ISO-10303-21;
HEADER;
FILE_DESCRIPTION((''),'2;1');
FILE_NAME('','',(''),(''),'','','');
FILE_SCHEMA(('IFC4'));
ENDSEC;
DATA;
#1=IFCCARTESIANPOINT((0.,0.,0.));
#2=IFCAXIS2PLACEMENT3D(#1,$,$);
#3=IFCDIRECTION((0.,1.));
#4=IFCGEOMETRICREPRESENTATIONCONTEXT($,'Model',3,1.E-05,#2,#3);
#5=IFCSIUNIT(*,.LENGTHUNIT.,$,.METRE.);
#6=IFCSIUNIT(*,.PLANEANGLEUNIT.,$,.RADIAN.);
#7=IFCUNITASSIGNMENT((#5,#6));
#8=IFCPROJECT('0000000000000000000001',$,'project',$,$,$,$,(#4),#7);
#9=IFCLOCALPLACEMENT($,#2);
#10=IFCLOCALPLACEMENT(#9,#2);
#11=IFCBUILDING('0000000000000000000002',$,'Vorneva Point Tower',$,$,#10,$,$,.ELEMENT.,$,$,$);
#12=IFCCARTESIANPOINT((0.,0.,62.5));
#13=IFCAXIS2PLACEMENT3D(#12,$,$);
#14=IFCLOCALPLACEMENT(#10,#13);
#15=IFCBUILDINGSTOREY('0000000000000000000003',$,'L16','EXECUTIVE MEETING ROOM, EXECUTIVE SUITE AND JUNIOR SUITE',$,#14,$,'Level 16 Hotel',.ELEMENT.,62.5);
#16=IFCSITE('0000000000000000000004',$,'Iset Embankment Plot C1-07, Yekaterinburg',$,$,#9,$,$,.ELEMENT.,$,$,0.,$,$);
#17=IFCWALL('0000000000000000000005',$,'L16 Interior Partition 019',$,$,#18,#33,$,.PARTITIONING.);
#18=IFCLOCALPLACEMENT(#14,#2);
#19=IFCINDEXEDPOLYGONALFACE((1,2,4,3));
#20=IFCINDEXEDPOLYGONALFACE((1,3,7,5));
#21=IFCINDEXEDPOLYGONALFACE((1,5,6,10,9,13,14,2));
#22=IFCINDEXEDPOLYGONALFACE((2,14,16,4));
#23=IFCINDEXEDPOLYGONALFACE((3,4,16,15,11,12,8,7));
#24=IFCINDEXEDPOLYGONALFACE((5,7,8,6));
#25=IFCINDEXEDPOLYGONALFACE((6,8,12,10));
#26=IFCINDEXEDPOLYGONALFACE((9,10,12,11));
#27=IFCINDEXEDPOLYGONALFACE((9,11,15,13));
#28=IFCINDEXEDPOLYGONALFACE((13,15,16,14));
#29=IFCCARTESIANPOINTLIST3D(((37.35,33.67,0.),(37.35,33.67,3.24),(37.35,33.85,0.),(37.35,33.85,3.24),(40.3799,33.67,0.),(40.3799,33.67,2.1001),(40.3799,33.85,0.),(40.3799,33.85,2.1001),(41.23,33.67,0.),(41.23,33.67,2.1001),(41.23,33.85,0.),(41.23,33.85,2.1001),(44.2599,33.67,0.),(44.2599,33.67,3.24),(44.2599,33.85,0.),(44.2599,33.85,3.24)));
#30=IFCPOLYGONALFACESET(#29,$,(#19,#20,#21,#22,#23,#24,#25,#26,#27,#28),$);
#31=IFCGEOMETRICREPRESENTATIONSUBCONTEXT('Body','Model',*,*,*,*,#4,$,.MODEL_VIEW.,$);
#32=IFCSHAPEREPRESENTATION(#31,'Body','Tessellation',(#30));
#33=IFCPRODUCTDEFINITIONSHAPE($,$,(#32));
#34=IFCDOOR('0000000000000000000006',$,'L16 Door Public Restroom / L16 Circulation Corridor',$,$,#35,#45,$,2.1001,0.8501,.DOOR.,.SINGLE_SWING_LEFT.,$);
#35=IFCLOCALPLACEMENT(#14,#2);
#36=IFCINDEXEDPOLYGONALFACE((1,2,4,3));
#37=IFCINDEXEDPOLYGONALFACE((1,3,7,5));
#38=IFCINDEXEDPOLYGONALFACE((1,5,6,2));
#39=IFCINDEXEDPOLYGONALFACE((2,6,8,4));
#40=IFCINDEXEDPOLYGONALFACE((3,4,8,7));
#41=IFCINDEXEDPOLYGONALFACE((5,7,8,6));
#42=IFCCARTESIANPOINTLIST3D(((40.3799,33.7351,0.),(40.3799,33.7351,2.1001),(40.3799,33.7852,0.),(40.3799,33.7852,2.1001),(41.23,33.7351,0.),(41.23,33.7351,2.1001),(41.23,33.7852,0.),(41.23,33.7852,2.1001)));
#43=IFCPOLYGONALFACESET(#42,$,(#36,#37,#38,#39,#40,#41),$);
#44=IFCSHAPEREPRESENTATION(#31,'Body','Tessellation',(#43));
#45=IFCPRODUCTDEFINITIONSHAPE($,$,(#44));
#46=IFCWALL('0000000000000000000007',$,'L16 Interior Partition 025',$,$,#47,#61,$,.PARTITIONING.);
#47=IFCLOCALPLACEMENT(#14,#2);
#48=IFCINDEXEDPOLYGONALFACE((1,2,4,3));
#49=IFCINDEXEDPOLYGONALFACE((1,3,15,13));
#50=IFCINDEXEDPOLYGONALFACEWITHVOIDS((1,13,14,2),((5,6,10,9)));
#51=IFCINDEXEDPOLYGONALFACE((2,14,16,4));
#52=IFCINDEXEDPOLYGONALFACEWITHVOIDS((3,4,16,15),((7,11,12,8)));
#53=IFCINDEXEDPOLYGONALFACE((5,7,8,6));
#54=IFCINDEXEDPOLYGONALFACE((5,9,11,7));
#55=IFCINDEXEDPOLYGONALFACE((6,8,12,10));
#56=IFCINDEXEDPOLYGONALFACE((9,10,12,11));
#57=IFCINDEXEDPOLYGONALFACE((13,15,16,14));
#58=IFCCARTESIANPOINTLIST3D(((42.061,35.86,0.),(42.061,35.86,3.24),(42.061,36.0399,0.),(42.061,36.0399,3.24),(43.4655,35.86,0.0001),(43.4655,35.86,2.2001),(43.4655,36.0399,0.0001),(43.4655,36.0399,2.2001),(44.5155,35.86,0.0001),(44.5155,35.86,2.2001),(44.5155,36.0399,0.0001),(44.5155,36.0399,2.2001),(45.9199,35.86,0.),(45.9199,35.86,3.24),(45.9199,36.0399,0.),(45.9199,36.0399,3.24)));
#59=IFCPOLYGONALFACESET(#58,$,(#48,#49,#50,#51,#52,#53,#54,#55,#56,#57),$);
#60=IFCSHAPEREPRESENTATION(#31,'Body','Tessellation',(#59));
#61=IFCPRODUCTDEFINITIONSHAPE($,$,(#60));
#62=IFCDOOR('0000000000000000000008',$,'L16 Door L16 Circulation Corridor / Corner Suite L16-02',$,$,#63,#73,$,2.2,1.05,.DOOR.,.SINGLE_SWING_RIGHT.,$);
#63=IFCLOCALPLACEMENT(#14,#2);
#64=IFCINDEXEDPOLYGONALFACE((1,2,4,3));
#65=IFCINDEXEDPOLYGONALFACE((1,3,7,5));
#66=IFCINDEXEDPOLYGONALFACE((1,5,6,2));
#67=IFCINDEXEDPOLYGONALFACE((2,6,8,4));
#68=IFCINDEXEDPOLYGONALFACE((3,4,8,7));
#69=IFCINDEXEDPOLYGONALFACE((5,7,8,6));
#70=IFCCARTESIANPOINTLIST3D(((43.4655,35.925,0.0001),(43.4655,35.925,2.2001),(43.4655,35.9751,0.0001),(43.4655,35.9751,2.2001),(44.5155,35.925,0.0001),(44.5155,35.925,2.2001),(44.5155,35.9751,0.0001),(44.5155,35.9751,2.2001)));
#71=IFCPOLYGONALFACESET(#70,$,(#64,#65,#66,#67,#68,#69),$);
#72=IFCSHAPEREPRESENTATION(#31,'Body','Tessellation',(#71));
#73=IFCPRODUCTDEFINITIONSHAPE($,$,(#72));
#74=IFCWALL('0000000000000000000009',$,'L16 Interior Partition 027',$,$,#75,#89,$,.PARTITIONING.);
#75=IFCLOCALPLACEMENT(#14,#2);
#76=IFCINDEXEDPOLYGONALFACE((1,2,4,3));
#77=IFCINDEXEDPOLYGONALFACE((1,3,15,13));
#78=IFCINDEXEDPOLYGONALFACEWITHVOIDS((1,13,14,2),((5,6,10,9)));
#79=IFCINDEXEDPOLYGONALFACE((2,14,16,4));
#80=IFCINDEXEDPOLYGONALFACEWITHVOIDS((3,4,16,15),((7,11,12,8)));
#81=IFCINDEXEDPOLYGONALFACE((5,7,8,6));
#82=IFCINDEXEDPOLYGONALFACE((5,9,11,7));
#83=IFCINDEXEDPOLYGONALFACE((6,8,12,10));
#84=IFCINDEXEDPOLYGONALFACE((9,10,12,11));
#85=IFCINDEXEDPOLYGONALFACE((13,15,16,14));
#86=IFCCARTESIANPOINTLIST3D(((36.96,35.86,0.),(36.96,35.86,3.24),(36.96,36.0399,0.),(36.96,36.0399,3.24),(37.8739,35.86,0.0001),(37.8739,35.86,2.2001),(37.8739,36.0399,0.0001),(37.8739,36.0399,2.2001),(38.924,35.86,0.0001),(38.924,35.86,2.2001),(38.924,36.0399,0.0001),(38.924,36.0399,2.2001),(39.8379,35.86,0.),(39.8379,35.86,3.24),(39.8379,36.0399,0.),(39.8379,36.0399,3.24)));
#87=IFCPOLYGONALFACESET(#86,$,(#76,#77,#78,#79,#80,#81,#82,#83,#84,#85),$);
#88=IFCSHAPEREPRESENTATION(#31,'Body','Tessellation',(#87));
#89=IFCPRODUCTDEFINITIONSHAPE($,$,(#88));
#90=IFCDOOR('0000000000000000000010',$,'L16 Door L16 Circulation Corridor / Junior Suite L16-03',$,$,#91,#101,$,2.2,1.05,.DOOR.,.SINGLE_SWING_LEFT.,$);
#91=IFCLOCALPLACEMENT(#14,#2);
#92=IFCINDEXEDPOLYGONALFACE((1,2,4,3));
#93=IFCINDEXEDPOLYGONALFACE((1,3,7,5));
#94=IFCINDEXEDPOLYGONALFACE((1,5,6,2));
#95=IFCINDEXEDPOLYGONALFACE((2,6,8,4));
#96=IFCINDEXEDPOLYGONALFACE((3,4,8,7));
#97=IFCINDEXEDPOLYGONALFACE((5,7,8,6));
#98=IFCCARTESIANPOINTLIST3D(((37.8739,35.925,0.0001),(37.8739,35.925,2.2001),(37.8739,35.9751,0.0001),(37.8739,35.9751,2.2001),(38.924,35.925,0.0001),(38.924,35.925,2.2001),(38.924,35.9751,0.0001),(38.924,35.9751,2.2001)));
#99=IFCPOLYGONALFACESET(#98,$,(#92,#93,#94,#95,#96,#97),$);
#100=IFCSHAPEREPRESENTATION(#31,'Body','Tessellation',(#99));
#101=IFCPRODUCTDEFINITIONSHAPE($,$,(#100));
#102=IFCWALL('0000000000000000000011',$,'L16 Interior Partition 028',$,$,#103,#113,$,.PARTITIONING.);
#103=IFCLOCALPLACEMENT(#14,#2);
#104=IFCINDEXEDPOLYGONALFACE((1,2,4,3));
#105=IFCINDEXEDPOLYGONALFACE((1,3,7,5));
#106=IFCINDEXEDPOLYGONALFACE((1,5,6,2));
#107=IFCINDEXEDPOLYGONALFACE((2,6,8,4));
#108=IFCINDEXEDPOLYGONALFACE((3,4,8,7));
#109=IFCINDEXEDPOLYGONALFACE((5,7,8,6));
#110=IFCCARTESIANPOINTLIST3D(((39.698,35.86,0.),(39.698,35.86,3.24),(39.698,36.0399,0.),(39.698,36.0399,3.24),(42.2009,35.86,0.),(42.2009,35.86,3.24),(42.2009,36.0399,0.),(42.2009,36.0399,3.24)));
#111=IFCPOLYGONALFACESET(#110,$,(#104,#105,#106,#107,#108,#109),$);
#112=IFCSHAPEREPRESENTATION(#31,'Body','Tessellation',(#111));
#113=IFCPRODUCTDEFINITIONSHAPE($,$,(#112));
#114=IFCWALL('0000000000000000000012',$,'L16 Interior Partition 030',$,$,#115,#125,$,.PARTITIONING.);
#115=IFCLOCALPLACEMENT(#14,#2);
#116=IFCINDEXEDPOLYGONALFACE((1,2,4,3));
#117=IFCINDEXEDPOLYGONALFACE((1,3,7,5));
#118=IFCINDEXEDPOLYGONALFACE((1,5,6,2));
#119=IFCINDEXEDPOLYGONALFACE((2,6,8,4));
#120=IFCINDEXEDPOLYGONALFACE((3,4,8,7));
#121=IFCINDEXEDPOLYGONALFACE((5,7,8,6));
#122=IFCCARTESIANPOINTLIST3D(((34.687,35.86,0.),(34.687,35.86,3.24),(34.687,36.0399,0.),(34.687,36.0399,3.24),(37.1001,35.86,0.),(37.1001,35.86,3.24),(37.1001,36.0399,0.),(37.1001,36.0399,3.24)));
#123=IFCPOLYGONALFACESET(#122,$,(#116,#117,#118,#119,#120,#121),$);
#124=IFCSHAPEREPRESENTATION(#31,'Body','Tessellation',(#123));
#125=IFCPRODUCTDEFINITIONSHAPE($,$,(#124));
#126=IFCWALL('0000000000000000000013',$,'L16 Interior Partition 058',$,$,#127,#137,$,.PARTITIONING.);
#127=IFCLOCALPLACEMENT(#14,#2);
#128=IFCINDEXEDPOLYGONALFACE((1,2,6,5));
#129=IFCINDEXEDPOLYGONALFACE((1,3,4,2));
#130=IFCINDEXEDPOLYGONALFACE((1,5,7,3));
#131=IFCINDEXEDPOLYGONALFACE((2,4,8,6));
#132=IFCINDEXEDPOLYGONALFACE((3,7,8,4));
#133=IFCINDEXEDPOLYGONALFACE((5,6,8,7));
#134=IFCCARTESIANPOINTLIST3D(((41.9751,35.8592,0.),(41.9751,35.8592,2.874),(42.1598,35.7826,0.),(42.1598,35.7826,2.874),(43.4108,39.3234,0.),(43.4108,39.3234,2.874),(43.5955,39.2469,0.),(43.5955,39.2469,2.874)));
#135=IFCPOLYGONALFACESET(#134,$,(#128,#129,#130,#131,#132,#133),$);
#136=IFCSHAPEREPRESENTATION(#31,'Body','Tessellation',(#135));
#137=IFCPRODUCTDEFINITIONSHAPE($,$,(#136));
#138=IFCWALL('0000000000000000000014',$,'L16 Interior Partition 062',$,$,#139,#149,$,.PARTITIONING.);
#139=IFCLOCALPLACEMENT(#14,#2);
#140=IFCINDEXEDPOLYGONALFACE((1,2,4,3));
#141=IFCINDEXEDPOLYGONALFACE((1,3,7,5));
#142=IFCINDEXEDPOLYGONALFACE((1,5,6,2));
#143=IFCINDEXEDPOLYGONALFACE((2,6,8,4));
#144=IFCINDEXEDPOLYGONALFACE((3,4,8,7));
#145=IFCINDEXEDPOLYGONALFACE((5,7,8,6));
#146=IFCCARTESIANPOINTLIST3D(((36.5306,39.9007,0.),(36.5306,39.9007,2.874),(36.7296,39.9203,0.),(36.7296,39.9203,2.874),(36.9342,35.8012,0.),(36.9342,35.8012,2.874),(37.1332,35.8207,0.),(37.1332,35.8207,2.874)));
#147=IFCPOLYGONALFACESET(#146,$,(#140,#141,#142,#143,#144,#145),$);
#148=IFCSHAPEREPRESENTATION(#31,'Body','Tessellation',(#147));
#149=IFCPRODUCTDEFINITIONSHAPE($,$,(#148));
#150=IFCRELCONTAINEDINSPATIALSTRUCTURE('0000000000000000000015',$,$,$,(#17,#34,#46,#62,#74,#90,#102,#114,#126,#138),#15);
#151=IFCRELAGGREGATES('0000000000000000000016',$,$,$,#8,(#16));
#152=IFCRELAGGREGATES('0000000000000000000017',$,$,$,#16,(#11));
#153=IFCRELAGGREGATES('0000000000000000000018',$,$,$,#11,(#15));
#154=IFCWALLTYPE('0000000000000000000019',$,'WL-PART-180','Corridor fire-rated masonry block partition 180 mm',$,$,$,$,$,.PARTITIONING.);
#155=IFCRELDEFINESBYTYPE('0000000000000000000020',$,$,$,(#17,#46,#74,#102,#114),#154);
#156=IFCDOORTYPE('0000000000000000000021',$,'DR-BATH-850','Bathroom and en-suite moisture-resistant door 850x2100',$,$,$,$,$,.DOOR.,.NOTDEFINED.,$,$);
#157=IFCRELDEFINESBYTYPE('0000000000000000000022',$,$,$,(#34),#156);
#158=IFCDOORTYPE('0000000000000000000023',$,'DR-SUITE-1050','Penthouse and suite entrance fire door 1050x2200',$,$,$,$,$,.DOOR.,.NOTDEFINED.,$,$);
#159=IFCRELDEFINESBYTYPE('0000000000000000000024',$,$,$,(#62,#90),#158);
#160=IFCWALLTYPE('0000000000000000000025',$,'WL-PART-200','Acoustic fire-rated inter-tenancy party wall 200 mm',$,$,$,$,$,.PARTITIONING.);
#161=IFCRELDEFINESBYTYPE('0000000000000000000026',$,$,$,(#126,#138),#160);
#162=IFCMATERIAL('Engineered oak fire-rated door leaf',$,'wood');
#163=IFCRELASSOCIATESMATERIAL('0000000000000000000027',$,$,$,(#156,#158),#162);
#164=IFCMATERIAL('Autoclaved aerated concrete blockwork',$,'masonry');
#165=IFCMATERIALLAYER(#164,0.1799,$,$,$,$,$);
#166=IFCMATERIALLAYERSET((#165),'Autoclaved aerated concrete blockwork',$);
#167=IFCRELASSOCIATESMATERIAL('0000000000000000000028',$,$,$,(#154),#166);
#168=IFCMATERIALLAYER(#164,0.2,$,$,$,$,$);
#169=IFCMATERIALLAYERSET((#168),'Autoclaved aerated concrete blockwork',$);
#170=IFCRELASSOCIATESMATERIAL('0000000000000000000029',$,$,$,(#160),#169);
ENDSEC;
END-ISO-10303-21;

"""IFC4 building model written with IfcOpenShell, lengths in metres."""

from ifc_helpers import new_model, si_unit, direction, frame, frame_2d, origin, place, context, subcontext, project, spatial, rectangle, extrude, material, layer, layer_set, type_object, element, fill, save


model = new_model("IFC4")

# Units and contexts
model_context = context("Model", 3, precision=1e-05, world=origin(), true_north=direction((0.0, 1.0)))
body_context = subcontext(model_context, "Body", "Model", "MODEL_VIEW")
ifc_project = project(units=[si_unit("LENGTHUNIT", "METRE"), si_unit("PLANEANGLEUNIT", "RADIAN")], contexts=[model_context])

# Site, building, storey
site_placement = place(None, origin())
site = spatial("IfcSite", under=ifc_project, at=site_placement, Name="Iset Embankment Plot C1-07, Yekaterinburg", CompositionType="ELEMENT", RefElevation=0.0)
building_placement = place(site_placement, origin())
building = spatial("IfcBuilding", under=site, at=building_placement, Name="Vorneva Point Tower", CompositionType="ELEMENT")
storey_placement = place(building_placement, frame((0.0, 0.0, 62.5)))
storey = spatial("IfcBuildingStorey", under=building, at=storey_placement, Name="L16", Description="EXECUTIVE MEETING ROOM, EXECUTIVE SUITE AND JUNIOR SUITE", LongName="Level 16 Hotel", CompositionType="ELEMENT", Elevation=62.5)

# Shared definitions
ifc_material_1 = material(Name="Engineered oak fire-rated door leaf", Category="wood")
door_type_1 = type_object("IfcDoorType", Name="DR-BATH-850", Description="Bathroom and en-suite moisture-resistant door 850x2100", OperationType="NOTDEFINED", PredefinedType="DOOR", material=ifc_material_1)

# Walls, openings, doors
ifc_material_2 = material(Name="Autoclaved aerated concrete blockwork", Category="masonry")
ifc_layer_1 = layer(ifc_material_2, 0.1799)
ifc_layer_set_1 = layer_set([ifc_layer_1], Name="Autoclaved aerated concrete blockwork")
wall_type_1 = type_object("IfcWallType", Name="WL-PART-180", Description="Corridor fire-rated masonry block partition 180 mm", PredefinedType="PARTITIONING", material=ifc_layer_set_1)
wall_1_placement = place(storey_placement, frame((44.26, 33.76, 0.0), z_axis=(0.0, 0.0, 1.0), x_axis=(-1.0, 0.0, 0.0)))
wall_1 = element("IfcWall", 1, at=wall_1_placement, inside=storey, type_object=wall_type_1, Name="L16 Interior Partition 019", PredefinedType="PARTITIONING", context=body_context, shape_type="SweptSolid", body=[
    extrude(rectangle(XDim=6.9099, YDim=0.1799, at=frame_2d((3.4551, 0.0))), origin(), (0.0, 0.0, 1.0), 3.24),
])
opening_1_placement = place(wall_1_placement, frame((3.03, 0.0, 0.0)))
opening_1 = element("IfcOpeningElement", 2, at=opening_1_placement, cuts=wall_1, PredefinedType="OPENING", context=body_context, shape_type="SweptSolid", body=[
    extrude(rectangle(XDim=0.8501, YDim=2.1001, at=frame_2d((0.425, 1.05))), frame((0.0, 0.105, 0.0), z_axis=(0.0, -1.0, 0.0), x_axis=(1.0, 0.0, 0.0)), (0.0, 0.0, 1.0), 0.2097),
])
door_1_placement = place(opening_1_placement, origin())
door_1 = element("IfcDoor", 3, at=door_1_placement, inside=storey, type_object=door_type_1, Name="L16 Door Public Restroom / L16 Circulation Corridor", OperationType="SINGLE_SWING_LEFT", OverallHeight=2.1001, OverallWidth=0.8501, PredefinedType="DOOR", context=body_context, shape_type="SweptSolid", body=[
    extrude(rectangle(XDim=0.8501, YDim=2.1001, at=frame_2d((0.425, 1.05))), frame((0.0, 0.0249, 0.0), z_axis=(0.0, -1.0, 0.0), x_axis=(1.0, 0.0, 0.0)), (0.0, 0.0, 1.0), 0.05),
])
fill(opening_1, door_1)
wall_2_placement = place(storey_placement, frame((45.9199, 35.95, 0.0), z_axis=(0.0, 0.0, 1.0), x_axis=(-1.0, 0.0, 0.0)))
wall_2 = element("IfcWall", 4, at=wall_2_placement, inside=storey, type_object=wall_type_1, Name="L16 Interior Partition 025", PredefinedType="PARTITIONING", context=body_context, shape_type="SweptSolid", body=[
    extrude(rectangle(XDim=3.8589, YDim=0.1799, at=frame_2d((1.9294, 0.0))), origin(), (0.0, 0.0, 1.0), 3.24),
])
opening_2_placement = place(wall_2_placement, frame((1.4045, 0.0, 0.0)))
opening_2 = element("IfcOpeningElement", 5, at=opening_2_placement, cuts=wall_2, PredefinedType="OPENING", context=body_context, shape_type="SweptSolid", body=[
    extrude(rectangle(XDim=1.05, YDim=2.2, at=frame_2d((0.5249, 1.1001))), frame((0.0, 0.105, 0.0), z_axis=(0.0, -1.0, 0.0), x_axis=(1.0, 0.0, 0.0)), (0.0, 0.0, 1.0), 0.2097),
])
door_type_2 = type_object("IfcDoorType", Name="DR-SUITE-1050", Description="Penthouse and suite entrance fire door 1050x2200", OperationType="NOTDEFINED", PredefinedType="DOOR", material=ifc_material_1)
door_2_placement = place(opening_2_placement, origin())
door_2 = element("IfcDoor", 6, at=door_2_placement, inside=storey, type_object=door_type_2, Name="L16 Door L16 Circulation Corridor / Corner Suite L16-02", OperationType="SINGLE_SWING_RIGHT", OverallHeight=2.2, OverallWidth=1.05, PredefinedType="DOOR", context=body_context, shape_type="SweptSolid", body=[
    extrude(rectangle(XDim=1.05, YDim=2.2, at=frame_2d((0.5249, 1.1001))), frame((0.0, 0.0249, 0.0), z_axis=(0.0, -1.0, 0.0), x_axis=(1.0, 0.0, 0.0)), (0.0, 0.0, 1.0), 0.05),
])
fill(opening_2, door_2)
wall_3_placement = place(storey_placement, frame((39.8379, 35.95, 0.0), z_axis=(0.0, 0.0, 1.0), x_axis=(-1.0, 0.0, 0.0)))
wall_3 = element("IfcWall", 7, at=wall_3_placement, inside=storey, type_object=wall_type_1, Name="L16 Interior Partition 027", PredefinedType="PARTITIONING", context=body_context, shape_type="SweptSolid", body=[
    extrude(rectangle(XDim=2.8779, YDim=0.1799, at=frame_2d((1.439, 0.0))), origin(), (0.0, 0.0, 1.0), 3.24),
])
opening_3_placement = place(wall_3_placement, frame((0.9141, 0.0, 0.0)))
opening_3 = element("IfcOpeningElement", 8, at=opening_3_placement, cuts=wall_3, PredefinedType="OPENING", context=body_context, shape_type="SweptSolid", body=[
    extrude(rectangle(XDim=1.05, YDim=2.2, at=frame_2d((0.5249, 1.1001))), frame((0.0, 0.105, 0.0), z_axis=(0.0, -1.0, 0.0), x_axis=(1.0, 0.0, 0.0)), (0.0, 0.0, 1.0), 0.2097),
])
door_3_placement = place(opening_3_placement, origin())
door_3 = element("IfcDoor", 9, at=door_3_placement, inside=storey, type_object=door_type_2, Name="L16 Door L16 Circulation Corridor / Junior Suite L16-03", OperationType="SINGLE_SWING_LEFT", OverallHeight=2.2, OverallWidth=1.05, PredefinedType="DOOR", context=body_context, shape_type="SweptSolid", body=[
    extrude(rectangle(XDim=1.05, YDim=2.2, at=frame_2d((0.5249, 1.1001))), frame((0.0, 0.0249, 0.0), z_axis=(0.0, -1.0, 0.0), x_axis=(1.0, 0.0, 0.0)), (0.0, 0.0, 1.0), 0.05),
])
fill(opening_3, door_3)

# Walls
wall_4_placement = place(storey_placement, frame((42.2009, 35.95, 0.0), z_axis=(0.0, 0.0, 1.0), x_axis=(-1.0, 0.0, 0.0)))
element("IfcWall", 10, at=wall_4_placement, inside=storey, type_object=wall_type_1, Name="L16 Interior Partition 028", PredefinedType="PARTITIONING", context=body_context, shape_type="SweptSolid", body=[
    extrude(rectangle(XDim=2.5029, YDim=0.1799, at=frame_2d((1.2515, 0.0))), origin(), (0.0, 0.0, 1.0), 3.24),
])
wall_5_placement = place(storey_placement, frame((37.1001, 35.95, 0.0), z_axis=(0.0, 0.0, 1.0), x_axis=(-1.0, 0.0, 0.0)))
element("IfcWall", 11, at=wall_5_placement, inside=storey, type_object=wall_type_1, Name="L16 Interior Partition 030", PredefinedType="PARTITIONING", context=body_context, shape_type="SweptSolid", body=[
    extrude(rectangle(XDim=2.4131, YDim=0.1799, at=frame_2d((1.2065, 0.0))), origin(), (0.0, 0.0, 1.0), 3.24),
])
ifc_layer_2 = layer(ifc_material_2, 0.2)
ifc_layer_set_2 = layer_set([ifc_layer_2], Name="Autoclaved aerated concrete blockwork")
wall_type_2 = type_object("IfcWallType", Name="WL-PART-200", Description="Acoustic fire-rated inter-tenancy party wall 200 mm", PredefinedType="PARTITIONING", material=ifc_layer_set_2)
wall_6_placement = place(storey_placement, frame((43.5032, 39.2852, 0.0), z_axis=(0.0, 0.0, 1.0), x_axis=(-0.382867, -0.923803, 0.0)))
element("IfcWall", 12, at=wall_6_placement, inside=storey, type_object=wall_type_2, Name="L16 Interior Partition 058", PredefinedType="PARTITIONING", context=body_context, shape_type="SweptSolid", body=[
    extrude(rectangle(XDim=3.75, YDim=0.2, at=frame_2d((1.875, 0.0))), origin(), (0.0, 0.0, 1.0), 2.874),
])
wall_7_placement = place(storey_placement, frame((36.6301, 39.9104, 0.0), z_axis=(0.0, 0.0, 1.0), x_axis=(0.097966, -0.99519, 0.0)))
element("IfcWall", 13, at=wall_7_placement, inside=storey, type_object=wall_type_2, Name="L16 Interior Partition 062", PredefinedType="PARTITIONING", context=body_context, shape_type="SweptSolid", body=[
    extrude(rectangle(XDim=4.1194, YDim=0.2, at=frame_2d((2.0596, 0.0))), origin(), (0.0, 0.0, 1.0), 2.874),
])

save(model, "model.ifc")
